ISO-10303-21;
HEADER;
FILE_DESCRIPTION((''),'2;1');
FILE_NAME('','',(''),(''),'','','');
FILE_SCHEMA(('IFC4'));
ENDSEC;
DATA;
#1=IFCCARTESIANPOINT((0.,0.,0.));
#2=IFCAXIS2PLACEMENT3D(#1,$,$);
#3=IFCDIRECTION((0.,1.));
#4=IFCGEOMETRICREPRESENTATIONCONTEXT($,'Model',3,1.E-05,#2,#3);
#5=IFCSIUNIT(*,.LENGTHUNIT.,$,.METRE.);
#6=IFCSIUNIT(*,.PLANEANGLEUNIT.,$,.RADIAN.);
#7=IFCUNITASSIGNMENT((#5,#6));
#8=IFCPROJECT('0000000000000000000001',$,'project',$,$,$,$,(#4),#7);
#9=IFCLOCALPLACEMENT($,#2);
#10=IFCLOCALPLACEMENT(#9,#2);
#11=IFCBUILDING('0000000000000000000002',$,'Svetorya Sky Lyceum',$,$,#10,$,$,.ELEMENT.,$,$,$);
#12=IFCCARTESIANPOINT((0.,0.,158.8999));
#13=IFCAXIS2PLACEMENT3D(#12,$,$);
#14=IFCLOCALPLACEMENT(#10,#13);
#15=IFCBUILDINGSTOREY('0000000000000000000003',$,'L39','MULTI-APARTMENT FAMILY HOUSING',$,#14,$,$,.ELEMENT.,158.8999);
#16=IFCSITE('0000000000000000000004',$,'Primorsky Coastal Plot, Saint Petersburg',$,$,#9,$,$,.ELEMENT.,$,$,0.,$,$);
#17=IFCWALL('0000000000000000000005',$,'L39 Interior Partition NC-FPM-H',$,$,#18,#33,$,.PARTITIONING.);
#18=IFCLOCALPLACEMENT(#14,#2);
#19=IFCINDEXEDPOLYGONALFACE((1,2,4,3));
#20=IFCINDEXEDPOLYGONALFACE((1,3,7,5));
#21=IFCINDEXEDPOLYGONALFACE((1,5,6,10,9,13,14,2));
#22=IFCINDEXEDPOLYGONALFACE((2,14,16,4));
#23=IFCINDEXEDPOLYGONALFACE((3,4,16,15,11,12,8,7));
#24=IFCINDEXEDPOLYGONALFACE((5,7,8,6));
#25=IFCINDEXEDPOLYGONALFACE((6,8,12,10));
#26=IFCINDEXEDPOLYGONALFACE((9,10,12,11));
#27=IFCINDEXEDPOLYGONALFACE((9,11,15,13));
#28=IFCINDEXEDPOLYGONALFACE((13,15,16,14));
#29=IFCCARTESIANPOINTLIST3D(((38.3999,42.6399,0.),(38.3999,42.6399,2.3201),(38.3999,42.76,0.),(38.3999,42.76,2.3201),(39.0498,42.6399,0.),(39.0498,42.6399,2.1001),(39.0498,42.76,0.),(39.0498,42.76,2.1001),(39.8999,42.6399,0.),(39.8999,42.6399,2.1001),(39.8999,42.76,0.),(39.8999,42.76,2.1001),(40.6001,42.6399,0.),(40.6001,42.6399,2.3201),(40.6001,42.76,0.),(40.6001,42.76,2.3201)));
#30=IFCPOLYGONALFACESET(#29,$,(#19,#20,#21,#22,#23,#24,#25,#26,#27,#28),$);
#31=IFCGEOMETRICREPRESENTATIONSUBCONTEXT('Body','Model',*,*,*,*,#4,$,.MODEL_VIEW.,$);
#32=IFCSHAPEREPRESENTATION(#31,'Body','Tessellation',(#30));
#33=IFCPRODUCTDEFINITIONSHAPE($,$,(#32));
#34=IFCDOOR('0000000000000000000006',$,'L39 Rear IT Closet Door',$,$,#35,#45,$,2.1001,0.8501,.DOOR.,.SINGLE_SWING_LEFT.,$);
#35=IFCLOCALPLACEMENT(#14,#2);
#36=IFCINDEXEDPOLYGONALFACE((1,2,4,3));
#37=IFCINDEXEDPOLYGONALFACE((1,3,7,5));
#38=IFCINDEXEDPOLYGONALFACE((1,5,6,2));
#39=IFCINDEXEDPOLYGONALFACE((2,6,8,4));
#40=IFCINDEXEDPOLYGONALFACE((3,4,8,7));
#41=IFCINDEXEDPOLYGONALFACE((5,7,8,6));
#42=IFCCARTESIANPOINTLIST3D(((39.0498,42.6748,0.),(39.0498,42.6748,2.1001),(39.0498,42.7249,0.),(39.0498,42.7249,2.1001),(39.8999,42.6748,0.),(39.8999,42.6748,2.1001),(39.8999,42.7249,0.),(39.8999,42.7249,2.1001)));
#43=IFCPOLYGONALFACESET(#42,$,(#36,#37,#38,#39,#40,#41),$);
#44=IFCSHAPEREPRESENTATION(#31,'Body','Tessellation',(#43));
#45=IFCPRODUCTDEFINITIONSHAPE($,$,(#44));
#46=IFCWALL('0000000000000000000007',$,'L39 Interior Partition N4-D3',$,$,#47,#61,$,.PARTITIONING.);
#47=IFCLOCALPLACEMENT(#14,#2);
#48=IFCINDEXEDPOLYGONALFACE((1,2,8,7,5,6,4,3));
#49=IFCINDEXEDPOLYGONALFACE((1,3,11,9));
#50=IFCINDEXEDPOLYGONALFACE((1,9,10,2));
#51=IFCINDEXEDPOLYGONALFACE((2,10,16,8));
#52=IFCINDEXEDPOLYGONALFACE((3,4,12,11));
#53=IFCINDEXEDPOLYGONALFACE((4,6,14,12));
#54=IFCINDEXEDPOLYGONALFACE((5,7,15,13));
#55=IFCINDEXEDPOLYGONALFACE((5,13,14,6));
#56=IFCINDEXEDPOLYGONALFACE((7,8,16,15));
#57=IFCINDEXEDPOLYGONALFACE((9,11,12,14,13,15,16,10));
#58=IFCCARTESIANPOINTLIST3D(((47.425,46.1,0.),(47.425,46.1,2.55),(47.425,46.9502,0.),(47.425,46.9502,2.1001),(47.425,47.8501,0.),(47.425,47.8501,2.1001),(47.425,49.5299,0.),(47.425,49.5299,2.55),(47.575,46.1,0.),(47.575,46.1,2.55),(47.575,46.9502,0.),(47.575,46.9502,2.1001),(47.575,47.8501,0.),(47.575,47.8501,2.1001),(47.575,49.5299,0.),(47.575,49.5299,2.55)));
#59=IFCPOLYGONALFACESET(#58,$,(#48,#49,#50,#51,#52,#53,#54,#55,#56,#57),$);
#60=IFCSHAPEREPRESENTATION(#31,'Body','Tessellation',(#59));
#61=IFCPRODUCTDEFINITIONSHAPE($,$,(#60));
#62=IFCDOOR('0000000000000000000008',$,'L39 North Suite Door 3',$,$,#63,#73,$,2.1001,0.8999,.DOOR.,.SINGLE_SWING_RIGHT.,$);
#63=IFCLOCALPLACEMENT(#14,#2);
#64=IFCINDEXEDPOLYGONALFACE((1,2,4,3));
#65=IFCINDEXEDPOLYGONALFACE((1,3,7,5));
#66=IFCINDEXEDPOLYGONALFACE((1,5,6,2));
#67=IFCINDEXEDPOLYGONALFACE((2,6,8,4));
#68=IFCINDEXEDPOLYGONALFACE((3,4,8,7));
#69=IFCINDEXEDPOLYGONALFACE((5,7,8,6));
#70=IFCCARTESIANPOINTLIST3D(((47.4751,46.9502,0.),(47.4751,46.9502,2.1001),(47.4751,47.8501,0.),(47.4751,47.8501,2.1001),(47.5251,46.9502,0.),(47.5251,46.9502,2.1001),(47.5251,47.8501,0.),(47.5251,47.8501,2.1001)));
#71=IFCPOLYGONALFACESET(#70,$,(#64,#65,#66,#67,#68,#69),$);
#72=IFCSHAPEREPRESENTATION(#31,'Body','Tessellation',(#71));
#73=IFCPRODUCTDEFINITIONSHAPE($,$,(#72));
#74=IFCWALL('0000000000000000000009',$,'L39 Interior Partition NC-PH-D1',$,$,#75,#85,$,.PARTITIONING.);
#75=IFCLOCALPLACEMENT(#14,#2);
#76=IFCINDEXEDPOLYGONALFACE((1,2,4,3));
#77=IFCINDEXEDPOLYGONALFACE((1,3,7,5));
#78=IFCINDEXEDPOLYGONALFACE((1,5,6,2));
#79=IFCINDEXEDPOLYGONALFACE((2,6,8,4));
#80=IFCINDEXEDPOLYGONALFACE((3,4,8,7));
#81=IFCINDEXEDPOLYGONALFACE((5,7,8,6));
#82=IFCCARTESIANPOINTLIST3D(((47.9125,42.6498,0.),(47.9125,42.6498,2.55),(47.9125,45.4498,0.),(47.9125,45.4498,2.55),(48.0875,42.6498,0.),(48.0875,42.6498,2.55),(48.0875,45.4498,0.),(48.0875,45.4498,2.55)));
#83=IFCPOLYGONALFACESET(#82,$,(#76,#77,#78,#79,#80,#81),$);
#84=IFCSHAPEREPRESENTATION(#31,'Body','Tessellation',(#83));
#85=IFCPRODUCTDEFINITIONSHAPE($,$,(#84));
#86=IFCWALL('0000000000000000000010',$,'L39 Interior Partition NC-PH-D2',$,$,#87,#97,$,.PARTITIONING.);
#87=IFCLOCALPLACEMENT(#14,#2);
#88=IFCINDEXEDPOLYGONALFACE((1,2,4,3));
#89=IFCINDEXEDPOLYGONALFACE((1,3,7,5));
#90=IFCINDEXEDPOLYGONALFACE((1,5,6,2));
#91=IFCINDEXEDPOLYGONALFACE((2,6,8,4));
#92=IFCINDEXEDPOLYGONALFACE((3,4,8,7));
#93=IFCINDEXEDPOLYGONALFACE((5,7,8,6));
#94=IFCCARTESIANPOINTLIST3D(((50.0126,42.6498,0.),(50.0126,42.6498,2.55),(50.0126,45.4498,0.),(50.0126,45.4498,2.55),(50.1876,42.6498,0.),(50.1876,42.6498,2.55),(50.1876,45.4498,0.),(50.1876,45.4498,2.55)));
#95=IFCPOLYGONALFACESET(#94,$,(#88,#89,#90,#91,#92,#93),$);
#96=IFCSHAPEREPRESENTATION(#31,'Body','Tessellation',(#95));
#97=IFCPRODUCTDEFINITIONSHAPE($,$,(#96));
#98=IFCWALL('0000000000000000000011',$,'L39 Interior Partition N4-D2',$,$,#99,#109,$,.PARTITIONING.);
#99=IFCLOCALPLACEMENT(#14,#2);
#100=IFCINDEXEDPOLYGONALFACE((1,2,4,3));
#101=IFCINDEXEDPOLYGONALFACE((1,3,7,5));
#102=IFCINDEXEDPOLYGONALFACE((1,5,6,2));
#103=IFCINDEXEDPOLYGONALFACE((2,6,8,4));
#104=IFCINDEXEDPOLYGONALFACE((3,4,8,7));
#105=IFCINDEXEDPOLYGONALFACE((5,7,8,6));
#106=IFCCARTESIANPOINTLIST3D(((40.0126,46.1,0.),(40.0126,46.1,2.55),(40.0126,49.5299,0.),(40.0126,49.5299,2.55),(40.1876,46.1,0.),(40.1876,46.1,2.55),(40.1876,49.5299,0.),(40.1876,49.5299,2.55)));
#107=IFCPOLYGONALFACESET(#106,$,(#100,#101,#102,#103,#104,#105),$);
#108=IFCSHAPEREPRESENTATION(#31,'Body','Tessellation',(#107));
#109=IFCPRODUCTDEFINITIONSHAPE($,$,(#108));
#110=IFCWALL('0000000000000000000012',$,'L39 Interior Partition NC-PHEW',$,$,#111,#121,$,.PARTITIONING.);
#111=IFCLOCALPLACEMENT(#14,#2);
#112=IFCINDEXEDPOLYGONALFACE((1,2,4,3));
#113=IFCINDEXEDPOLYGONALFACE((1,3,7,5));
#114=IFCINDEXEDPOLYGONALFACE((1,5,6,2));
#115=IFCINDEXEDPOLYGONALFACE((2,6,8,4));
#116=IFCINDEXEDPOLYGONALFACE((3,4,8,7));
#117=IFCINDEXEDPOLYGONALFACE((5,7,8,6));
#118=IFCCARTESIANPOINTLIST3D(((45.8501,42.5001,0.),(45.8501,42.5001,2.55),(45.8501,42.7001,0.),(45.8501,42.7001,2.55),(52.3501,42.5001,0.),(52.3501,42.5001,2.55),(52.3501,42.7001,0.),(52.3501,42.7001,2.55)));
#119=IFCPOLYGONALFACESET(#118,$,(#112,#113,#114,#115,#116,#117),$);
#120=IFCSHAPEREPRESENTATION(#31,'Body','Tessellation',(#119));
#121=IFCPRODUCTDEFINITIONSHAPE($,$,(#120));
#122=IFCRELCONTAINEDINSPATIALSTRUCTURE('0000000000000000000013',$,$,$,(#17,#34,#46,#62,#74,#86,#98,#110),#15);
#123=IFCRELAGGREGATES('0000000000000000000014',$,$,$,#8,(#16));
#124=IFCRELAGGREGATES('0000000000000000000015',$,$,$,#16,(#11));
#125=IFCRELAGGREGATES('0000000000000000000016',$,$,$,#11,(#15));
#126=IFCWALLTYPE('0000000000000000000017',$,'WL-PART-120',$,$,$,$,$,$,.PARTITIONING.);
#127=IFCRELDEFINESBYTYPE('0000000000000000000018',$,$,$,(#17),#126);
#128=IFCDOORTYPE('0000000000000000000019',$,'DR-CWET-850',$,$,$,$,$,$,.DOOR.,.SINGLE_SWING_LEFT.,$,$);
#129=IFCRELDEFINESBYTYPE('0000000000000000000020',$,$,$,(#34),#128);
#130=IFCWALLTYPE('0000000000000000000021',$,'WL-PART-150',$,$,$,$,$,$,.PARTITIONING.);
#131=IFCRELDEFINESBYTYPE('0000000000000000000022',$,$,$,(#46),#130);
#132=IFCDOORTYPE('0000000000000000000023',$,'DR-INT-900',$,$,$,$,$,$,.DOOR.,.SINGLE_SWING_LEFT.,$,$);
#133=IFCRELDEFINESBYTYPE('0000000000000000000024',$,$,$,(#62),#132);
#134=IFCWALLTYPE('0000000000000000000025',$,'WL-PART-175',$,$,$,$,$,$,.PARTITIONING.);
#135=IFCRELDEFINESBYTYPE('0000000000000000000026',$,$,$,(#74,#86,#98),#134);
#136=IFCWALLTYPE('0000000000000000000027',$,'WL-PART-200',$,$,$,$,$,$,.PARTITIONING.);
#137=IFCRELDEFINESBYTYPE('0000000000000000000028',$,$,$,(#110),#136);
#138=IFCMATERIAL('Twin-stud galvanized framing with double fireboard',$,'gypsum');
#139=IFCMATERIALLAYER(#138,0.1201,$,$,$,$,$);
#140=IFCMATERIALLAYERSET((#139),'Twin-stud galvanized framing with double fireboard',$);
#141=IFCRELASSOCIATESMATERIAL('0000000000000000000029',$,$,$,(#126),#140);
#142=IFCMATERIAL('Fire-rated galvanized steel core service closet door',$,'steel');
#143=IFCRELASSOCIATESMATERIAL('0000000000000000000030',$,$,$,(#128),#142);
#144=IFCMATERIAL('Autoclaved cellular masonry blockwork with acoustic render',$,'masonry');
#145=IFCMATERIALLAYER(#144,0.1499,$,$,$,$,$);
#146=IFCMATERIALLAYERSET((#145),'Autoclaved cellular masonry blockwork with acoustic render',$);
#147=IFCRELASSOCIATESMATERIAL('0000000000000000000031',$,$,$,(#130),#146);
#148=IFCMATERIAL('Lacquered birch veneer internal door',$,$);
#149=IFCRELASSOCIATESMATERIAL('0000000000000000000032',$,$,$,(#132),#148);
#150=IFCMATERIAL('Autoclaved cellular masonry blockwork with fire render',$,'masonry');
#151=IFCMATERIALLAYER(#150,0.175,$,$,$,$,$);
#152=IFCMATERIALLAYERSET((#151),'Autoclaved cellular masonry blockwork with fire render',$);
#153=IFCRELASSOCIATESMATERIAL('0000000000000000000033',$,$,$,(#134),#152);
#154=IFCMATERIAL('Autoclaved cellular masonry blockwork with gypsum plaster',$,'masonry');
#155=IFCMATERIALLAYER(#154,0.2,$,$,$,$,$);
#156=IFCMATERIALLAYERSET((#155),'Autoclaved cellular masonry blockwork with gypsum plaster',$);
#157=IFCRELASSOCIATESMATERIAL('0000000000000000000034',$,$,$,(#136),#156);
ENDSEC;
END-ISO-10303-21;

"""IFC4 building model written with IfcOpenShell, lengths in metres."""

from ifc_helpers import new_model, si_unit, direction, frame, frame_2d, origin, place, context, subcontext, project, spatial, rectangle, extrude, material, layer, layer_set, type_object, element, fill, save


model = new_model("IFC4")

# Units and contexts
model_context = context("Model", 3, precision=1e-05, world=origin(), true_north=direction((0.0, 1.0)))
body_context = subcontext(model_context, "Body", "Model", "MODEL_VIEW")
ifc_project = project(units=[si_unit("LENGTHUNIT", "METRE"), si_unit("PLANEANGLEUNIT", "RADIAN")], contexts=[model_context])

# Site, building, storey
site_placement = place(None, origin())
site = spatial("IfcSite", under=ifc_project, at=site_placement, Name="Primorsky Coastal Plot, Saint Petersburg", CompositionType="ELEMENT", RefElevation=0.0)
building_placement = place(site_placement, origin())
building = spatial("IfcBuilding", under=site, at=building_placement, Name="Svetorya Sky Lyceum", CompositionType="ELEMENT")
storey_placement = place(building_placement, frame((0.0, 0.0, 158.8999)))
storey = spatial("IfcBuildingStorey", under=building, at=storey_placement, Name="L39", Description="MULTI-APARTMENT FAMILY HOUSING", CompositionType="ELEMENT", Elevation=158.8999)

# Walls, openings, doors
ifc_material_1 = material(Name="Twin-stud galvanized framing with double fireboard", Category="gypsum")
ifc_layer_1 = layer(ifc_material_1, 0.1201)
ifc_layer_set_1 = layer_set([ifc_layer_1], Name="Twin-stud galvanized framing with double fireboard")
wall_type_1 = type_object("IfcWallType", Name="WL-PART-120", PredefinedType="PARTITIONING", material=ifc_layer_set_1)
wall_1_placement = place(storey_placement, frame((38.3999, 42.7, 0.0), z_axis=(0.0, 0.0, 1.0), x_axis=(1.0, 0.0, 0.0)))
wall_1 = element("IfcWall", 1, at=wall_1_placement, inside=storey, type_object=wall_type_1, Name="L39 Interior Partition NC-FPM-H", PredefinedType="PARTITIONING", context=body_context, shape_type="SweptSolid", body=[
    extrude(rectangle(XDim=2.2002, YDim=0.1201, at=frame_2d((1.1001, 0.0))), origin(), (0.0, 0.0, 1.0), 2.3201),
])
opening_1_placement = place(wall_1_placement, frame((0.6499, 0.0, 0.0)))
opening_1 = element("IfcOpeningElement", 2, at=opening_1_placement, cuts=wall_1, PredefinedType="OPENING", context=body_context, shape_type="SweptSolid", body=[
    extrude(rectangle(XDim=0.8501, YDim=2.1001, at=frame_2d((0.425, 1.05))), frame((0.0, 0.0701, 0.0), z_axis=(0.0, -1.0, 0.0), x_axis=(1.0, 0.0, 0.0)), (0.0, 0.0, 1.0), 0.1401),
])
ifc_material_2 = material(Name="Fire-rated galvanized steel core service closet door", Category="steel")
door_type_1 = type_object("IfcDoorType", Name="DR-CWET-850", OperationType="SINGLE_SWING_LEFT", PredefinedType="DOOR", material=ifc_material_2)
door_1_placement = place(opening_1_placement, origin())
door_1 = element("IfcDoor", 3, at=door_1_placement, inside=storey, type_object=door_type_1, Name="L39 Rear IT Closet Door", OperationType="SINGLE_SWING_LEFT", OverallHeight=2.1001, OverallWidth=0.8501, PredefinedType="DOOR", context=body_context, shape_type="SweptSolid", body=[
    extrude(rectangle(XDim=0.8501, YDim=2.1001, at=frame_2d((0.425, 1.05))), frame((0.0, 0.0249, 0.0), z_axis=(0.0, -1.0, 0.0), x_axis=(1.0, 0.0, 0.0)), (0.0, 0.0, 1.0), 0.05),
])
fill(opening_1, door_1)
ifc_material_3 = material(Name="Autoclaved cellular masonry blockwork with acoustic render", Category="masonry")
ifc_layer_2 = layer(ifc_material_3, 0.1499)
ifc_layer_set_2 = layer_set([ifc_layer_2], Name="Autoclaved cellular masonry blockwork with acoustic render")
wall_type_2 = type_object("IfcWallType", Name="WL-PART-150", PredefinedType="PARTITIONING", material=ifc_layer_set_2)
wall_2_placement = place(storey_placement, frame((47.5, 46.1001, 0.0), z_axis=(0.0, 0.0, 1.0), x_axis=(0.0, 1.0, 0.0)))
wall_2 = element("IfcWall", 4, at=wall_2_placement, inside=storey, type_object=wall_type_2, Name="L39 Interior Partition N4-D3", PredefinedType="PARTITIONING", context=body_context, shape_type="SweptSolid", body=[
    extrude(rectangle(XDim=3.4299, YDim=0.1499, at=frame_2d((1.7148, 0.0))), origin(), (0.0, 0.0, 1.0), 2.55),
])
opening_2_placement = place(wall_2_placement, frame((0.8501, 0.0, 0.0)))
opening_2 = element("IfcOpeningElement", 5, at=opening_2_placement, cuts=wall_2, PredefinedType="OPENING", context=body_context, shape_type="SweptSolid", body=[
    extrude(rectangle(XDim=0.8999, YDim=2.1001, at=frame_2d((0.45, 1.05))), frame((0.0, 0.085, 0.0), z_axis=(0.0, -1.0, 0.0), x_axis=(1.0, 0.0, 0.0)), (0.0, 0.0, 1.0), 0.1699),
])
ifc_material_4 = material(Name="Lacquered birch veneer internal door")
door_type_2 = type_object("IfcDoorType", Name="DR-INT-900", OperationType="SINGLE_SWING_LEFT", PredefinedType="DOOR", material=ifc_material_4)
door_2_placement = place(opening_2_placement, origin())
door_2 = element("IfcDoor", 6, at=door_2_placement, inside=storey, type_object=door_type_2, Name="L39 North Suite Door 3", OperationType="SINGLE_SWING_RIGHT", OverallHeight=2.1001, OverallWidth=0.8999, PredefinedType="DOOR", context=body_context, shape_type="SweptSolid", body=[
    extrude(rectangle(XDim=0.8999, YDim=2.1001, at=frame_2d((0.45, 1.05))), frame((0.0, 0.0249, 0.0), z_axis=(0.0, -1.0, 0.0), x_axis=(1.0, 0.0, 0.0)), (0.0, 0.0, 1.0), 0.05),
])
fill(opening_2, door_2)

# Walls
ifc_material_5 = material(Name="Autoclaved cellular masonry blockwork with fire render", Category="masonry")
ifc_layer_3 = layer(ifc_material_5, 0.175)
ifc_layer_set_3 = layer_set([ifc_layer_3], Name="Autoclaved cellular masonry blockwork with fire render")
wall_type_3 = type_object("IfcWallType", Name="WL-PART-175", PredefinedType="PARTITIONING", material=ifc_layer_set_3)
for number, where, z_axis, x_axis, name in (
    (7, (48.0, 42.6499, 0.0), (0.0, 0.0, 1.0), (0.0, 1.0, 0.0), "L39 Interior Partition NC-PH-D1"),
    (8, (50.1001, 42.6499, 0.0), (0.0, 0.0, 1.0), (0.0, 1.0, 0.0), "L39 Interior Partition NC-PH-D2"),
):
    element("IfcWall", number, at=place(storey_placement, frame(where, z_axis=z_axis, x_axis=x_axis)), inside=storey, type_object=wall_type_3, Name=name, PredefinedType="PARTITIONING", context=body_context, shape_type="SweptSolid", body=[
        extrude(rectangle(XDim=2.8, YDim=0.175, at=frame_2d((1.3999, 0.0))), origin(), (0.0, 0.0, 1.0), 2.55),
    ])
wall_3_placement = place(storey_placement, frame((40.1001, 46.1001, 0.0), z_axis=(0.0, 0.0, 1.0), x_axis=(0.0, 1.0, 0.0)))
element("IfcWall", 9, at=wall_3_placement, inside=storey, type_object=wall_type_3, Name="L39 Interior Partition N4-D2", PredefinedType="PARTITIONING", context=body_context, shape_type="SweptSolid", body=[
    extrude(rectangle(XDim=3.4299, YDim=0.175, at=frame_2d((1.7148, 0.0))), origin(), (0.0, 0.0, 1.0), 2.55),
])
ifc_material_6 = material(Name="Autoclaved cellular masonry blockwork with gypsum plaster", Category="masonry")
ifc_layer_4 = layer(ifc_material_6, 0.2)
ifc_layer_set_4 = layer_set([ifc_layer_4], Name="Autoclaved cellular masonry blockwork with gypsum plaster")
wall_type_4 = type_object("IfcWallType", Name="WL-PART-200", PredefinedType="PARTITIONING", material=ifc_layer_set_4)
wall_4_placement = place(storey_placement, frame((52.3501, 42.6001, 0.0), z_axis=(0.0, 0.0, 1.0), x_axis=(-1.0, 0.0, 0.0)))
element("IfcWall", 10, at=wall_4_placement, inside=storey, type_object=wall_type_4, Name="L39 Interior Partition NC-PHEW", PredefinedType="PARTITIONING", context=body_context, shape_type="SweptSolid", body=[
    extrude(rectangle(XDim=6.5, YDim=0.2, at=frame_2d((3.25, 0.0))), origin(), (0.0, 0.0, 1.0), 2.55),
])

save(model, "model.ifc")
